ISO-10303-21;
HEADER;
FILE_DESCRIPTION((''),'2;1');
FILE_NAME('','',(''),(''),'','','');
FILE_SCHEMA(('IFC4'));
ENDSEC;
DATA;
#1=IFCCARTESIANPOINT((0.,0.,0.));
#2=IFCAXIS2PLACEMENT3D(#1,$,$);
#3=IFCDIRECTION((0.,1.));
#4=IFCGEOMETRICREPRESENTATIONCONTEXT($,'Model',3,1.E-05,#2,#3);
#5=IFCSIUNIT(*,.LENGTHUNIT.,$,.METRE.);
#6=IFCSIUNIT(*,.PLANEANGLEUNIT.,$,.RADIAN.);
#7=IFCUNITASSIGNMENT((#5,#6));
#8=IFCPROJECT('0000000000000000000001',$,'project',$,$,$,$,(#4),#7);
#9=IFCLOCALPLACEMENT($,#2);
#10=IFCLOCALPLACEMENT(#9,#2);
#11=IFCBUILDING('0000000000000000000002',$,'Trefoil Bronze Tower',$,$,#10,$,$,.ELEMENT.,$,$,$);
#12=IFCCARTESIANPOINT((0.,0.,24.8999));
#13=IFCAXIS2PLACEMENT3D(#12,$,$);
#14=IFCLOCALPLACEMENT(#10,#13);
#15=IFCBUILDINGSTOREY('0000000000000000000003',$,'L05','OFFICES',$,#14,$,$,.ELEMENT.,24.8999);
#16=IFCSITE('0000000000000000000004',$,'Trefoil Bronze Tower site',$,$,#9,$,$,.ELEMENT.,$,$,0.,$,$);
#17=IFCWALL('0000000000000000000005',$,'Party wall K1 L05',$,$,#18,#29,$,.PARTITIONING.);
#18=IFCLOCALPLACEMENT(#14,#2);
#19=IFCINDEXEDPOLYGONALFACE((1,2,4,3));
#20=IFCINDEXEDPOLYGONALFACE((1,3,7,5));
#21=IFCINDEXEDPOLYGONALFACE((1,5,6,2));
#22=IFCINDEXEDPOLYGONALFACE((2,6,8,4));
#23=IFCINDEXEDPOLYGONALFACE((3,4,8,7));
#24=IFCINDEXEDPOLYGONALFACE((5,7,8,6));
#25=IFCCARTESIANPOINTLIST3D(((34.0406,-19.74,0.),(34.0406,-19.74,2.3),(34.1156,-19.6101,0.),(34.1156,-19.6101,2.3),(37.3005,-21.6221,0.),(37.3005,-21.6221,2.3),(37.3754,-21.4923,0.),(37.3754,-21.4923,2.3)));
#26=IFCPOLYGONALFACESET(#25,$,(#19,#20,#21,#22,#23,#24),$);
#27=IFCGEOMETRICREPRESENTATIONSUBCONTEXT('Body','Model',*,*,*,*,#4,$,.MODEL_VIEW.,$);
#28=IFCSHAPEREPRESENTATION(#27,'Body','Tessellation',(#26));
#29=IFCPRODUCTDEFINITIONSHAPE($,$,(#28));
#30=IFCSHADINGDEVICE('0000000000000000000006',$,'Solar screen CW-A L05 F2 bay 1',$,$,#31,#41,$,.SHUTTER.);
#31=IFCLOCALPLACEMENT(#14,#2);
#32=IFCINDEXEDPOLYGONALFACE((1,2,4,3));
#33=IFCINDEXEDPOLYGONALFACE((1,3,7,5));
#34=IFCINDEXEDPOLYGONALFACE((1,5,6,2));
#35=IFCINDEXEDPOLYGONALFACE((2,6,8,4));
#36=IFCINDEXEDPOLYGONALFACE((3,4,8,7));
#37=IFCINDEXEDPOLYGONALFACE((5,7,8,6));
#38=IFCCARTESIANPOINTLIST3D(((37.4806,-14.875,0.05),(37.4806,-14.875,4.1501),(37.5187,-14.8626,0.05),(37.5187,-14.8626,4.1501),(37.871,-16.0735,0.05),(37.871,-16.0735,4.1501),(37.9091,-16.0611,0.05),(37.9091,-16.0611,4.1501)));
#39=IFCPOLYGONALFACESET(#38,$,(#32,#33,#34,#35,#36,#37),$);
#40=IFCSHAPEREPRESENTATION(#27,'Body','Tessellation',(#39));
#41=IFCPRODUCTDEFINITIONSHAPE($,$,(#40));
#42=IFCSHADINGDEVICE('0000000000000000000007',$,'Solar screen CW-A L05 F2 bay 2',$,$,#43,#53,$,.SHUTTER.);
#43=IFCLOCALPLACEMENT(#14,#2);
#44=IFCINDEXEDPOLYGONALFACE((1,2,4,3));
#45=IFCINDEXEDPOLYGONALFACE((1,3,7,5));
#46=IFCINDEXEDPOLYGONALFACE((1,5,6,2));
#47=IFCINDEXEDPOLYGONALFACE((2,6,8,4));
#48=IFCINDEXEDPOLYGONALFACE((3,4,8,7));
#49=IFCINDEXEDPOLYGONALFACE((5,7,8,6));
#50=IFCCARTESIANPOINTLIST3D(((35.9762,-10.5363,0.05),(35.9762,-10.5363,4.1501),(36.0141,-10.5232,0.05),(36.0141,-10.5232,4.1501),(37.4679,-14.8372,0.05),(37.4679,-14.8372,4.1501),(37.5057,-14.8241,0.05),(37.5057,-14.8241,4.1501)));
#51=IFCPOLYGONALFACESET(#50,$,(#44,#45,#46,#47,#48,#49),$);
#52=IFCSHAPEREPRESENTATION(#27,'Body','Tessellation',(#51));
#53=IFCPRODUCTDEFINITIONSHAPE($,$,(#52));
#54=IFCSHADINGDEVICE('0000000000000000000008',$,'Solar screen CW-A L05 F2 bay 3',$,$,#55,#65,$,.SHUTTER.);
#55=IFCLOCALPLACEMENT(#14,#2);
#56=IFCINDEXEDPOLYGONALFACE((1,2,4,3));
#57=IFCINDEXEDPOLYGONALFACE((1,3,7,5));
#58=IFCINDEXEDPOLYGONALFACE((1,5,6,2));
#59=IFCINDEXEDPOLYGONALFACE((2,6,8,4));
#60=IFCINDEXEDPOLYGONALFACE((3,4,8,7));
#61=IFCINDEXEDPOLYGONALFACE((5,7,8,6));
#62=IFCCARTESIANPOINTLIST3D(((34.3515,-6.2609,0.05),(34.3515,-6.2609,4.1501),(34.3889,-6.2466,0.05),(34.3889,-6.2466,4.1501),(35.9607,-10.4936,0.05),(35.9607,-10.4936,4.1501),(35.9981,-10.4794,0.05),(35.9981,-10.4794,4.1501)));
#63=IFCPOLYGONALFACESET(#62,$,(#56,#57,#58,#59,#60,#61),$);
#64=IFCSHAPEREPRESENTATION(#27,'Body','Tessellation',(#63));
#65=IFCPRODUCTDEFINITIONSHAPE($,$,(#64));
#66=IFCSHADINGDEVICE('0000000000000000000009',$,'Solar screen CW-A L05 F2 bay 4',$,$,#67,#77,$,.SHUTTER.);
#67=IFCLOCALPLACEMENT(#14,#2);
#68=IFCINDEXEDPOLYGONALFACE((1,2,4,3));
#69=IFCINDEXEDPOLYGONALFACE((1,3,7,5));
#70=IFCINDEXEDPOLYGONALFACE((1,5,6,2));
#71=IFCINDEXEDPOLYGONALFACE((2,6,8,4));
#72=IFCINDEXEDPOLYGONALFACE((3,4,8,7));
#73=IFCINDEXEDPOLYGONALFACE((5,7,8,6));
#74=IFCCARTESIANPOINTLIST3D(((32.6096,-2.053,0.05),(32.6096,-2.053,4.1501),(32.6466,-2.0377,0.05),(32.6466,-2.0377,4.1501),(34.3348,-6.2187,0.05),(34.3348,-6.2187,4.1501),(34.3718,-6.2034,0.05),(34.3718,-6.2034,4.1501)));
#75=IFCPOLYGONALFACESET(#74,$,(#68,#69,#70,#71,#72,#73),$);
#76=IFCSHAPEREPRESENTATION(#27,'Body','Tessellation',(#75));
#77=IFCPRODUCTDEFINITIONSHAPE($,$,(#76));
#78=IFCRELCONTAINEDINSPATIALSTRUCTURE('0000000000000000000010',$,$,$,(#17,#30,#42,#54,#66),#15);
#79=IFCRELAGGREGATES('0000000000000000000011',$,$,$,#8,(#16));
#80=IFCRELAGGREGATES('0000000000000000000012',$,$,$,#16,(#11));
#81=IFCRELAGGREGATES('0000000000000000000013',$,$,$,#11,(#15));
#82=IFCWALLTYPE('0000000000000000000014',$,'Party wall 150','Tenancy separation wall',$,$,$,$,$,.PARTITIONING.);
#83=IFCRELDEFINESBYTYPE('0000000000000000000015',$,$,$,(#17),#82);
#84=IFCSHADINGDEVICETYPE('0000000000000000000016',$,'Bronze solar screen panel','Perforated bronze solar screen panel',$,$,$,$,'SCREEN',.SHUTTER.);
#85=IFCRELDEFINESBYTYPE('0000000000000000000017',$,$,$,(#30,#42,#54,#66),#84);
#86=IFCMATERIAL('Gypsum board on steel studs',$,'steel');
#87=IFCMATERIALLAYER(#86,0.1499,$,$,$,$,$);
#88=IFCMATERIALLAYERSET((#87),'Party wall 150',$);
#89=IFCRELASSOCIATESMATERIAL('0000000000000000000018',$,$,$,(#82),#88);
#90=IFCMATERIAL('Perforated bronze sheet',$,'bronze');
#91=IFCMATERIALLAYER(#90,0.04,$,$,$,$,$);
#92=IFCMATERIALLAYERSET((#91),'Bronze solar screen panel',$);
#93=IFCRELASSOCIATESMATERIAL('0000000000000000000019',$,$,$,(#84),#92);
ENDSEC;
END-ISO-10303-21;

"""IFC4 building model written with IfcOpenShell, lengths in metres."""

from ifc_helpers import new_model, si_unit, direction, frame, frame_2d, origin, origin_2d, place, context, subcontext, project, spatial, rectangle, extrude, material, layer, layer_set, type_object, element, save


model = new_model("IFC4")

# Units and contexts
model_context = context("Model", 3, precision=1e-05, world=origin(), true_north=direction((0.0, 1.0)))
body_context = subcontext(model_context, "Body", "Model", "MODEL_VIEW")
ifc_project = project(units=[si_unit("LENGTHUNIT", "METRE"), si_unit("PLANEANGLEUNIT", "RADIAN")], contexts=[model_context])

# Site, building, storey
site_placement = place(None, origin())
site = spatial("IfcSite", under=ifc_project, at=site_placement, Name="Trefoil Bronze Tower site", CompositionType="ELEMENT", RefElevation=0.0)
building_placement = place(site_placement, origin())
building = spatial("IfcBuilding", under=site, at=building_placement, Name="Trefoil Bronze Tower", CompositionType="ELEMENT")
storey_placement = place(building_placement, frame((0.0, 0.0, 24.8999)))
storey = spatial("IfcBuildingStorey", under=building, at=storey_placement, Name="L05", Description="OFFICES", CompositionType="ELEMENT", Elevation=24.8999)

# Wall
ifc_material_1 = material(Name="Gypsum board on steel studs", Category="steel")
ifc_layer_1 = layer(ifc_material_1, 0.1499)
ifc_layer_set_1 = layer_set([ifc_layer_1], Name="Party wall 150")
wall_type = type_object("IfcWallType", Name="Party wall 150", Description="Tenancy separation wall", PredefinedType="PARTITIONING", material=ifc_layer_set_1)
wall_placement = place(storey_placement, frame((34.0781, -19.675, 0.0), z_axis=(0.0, 0.0, 1.0), x_axis=(0.866019, -0.500011, 0.0)))
element("IfcWall", 1, at=wall_placement, inside=storey, type_object=wall_type, Name="Party wall K1 L05", PredefinedType="PARTITIONING", context=body_context, shape_type="SweptSolid", body=[
    extrude(rectangle(XDim=3.7642, YDim=0.1499, at=frame_2d((1.8821, 0.0))), origin(), (0.0, 0.0, 1.0), 2.3),
])

# Shading devices
ifc_material_2 = material(Name="Perforated bronze sheet", Category="bronze")
ifc_layer_2 = layer(ifc_material_2, 0.04)
ifc_layer_set_2 = layer_set([ifc_layer_2], Name="Bronze solar screen panel")
shading_device_type = type_object("IfcShadingDeviceType", Name="Bronze solar screen panel", Description="Perforated bronze solar screen panel", ElementType="SCREEN", PredefinedType="SHUTTER", material=ifc_layer_set_2)
shading_device_1_placement = place(storey_placement, frame((37.6948, -15.468, 0.05), z_axis=(0.0, 0.0, 1.0), x_axis=(-0.309728, 0.950825, 0.0)))
element("IfcShadingDevice", 2, at=shading_device_1_placement, inside=storey, type_object=shading_device_type, Name="Solar screen CW-A L05 F2 bay 1", PredefinedType="SHUTTER", context=body_context, shape_type="SweptSolid", body=[
    extrude(rectangle(XDim=1.2605, YDim=0.04, at=origin_2d()), origin(), (0.0, 0.0, 1.0), 4.1001),
])
shading_device_2_placement = place(storey_placement, frame((36.741, -12.6802, 0.05), z_axis=(0.0, 0.0, 1.0), x_axis=(-0.327674, 0.944791, 0.0)))
element("IfcShadingDevice", 3, at=shading_device_2_placement, inside=storey, type_object=shading_device_type, Name="Solar screen CW-A L05 F2 bay 2", PredefinedType="SHUTTER", context=body_context, shape_type="SweptSolid", body=[
    extrude(rectangle(XDim=4.5522, YDim=0.04, at=origin_2d()), origin(), (0.0, 0.0, 1.0), 4.1001),
])
shading_device_3_placement = place(storey_placement, frame((35.1748, -8.3701, 0.05), z_axis=(0.0, 0.0, 1.0), x_axis=(-0.355371, 0.934725, 0.0)))
element("IfcShadingDevice", 4, at=shading_device_3_placement, inside=storey, type_object=shading_device_type, Name="Solar screen CW-A L05 F2 bay 3", PredefinedType="SHUTTER", context=body_context, shape_type="SweptSolid", body=[
    extrude(rectangle(XDim=4.5283, YDim=0.04, at=origin_2d()), origin(), (0.0, 0.0, 1.0), 4.1001),
])
shading_device_4_placement = place(storey_placement, frame((33.4907, -4.1282, 0.05), z_axis=(0.0, 0.0, 1.0), x_axis=(-0.38263, 0.923902, 0.0)))
element("IfcShadingDevice", 5, at=shading_device_4_placement, inside=storey, type_object=shading_device_type, Name="Solar screen CW-A L05 F2 bay 4", PredefinedType="SHUTTER", context=body_context, shape_type="SweptSolid", body=[
    extrude(rectangle(XDim=4.5088, YDim=0.04, at=origin_2d()), origin(), (0.0, 0.0, 1.0), 4.1001),
])

save(model, "model.ifc")
